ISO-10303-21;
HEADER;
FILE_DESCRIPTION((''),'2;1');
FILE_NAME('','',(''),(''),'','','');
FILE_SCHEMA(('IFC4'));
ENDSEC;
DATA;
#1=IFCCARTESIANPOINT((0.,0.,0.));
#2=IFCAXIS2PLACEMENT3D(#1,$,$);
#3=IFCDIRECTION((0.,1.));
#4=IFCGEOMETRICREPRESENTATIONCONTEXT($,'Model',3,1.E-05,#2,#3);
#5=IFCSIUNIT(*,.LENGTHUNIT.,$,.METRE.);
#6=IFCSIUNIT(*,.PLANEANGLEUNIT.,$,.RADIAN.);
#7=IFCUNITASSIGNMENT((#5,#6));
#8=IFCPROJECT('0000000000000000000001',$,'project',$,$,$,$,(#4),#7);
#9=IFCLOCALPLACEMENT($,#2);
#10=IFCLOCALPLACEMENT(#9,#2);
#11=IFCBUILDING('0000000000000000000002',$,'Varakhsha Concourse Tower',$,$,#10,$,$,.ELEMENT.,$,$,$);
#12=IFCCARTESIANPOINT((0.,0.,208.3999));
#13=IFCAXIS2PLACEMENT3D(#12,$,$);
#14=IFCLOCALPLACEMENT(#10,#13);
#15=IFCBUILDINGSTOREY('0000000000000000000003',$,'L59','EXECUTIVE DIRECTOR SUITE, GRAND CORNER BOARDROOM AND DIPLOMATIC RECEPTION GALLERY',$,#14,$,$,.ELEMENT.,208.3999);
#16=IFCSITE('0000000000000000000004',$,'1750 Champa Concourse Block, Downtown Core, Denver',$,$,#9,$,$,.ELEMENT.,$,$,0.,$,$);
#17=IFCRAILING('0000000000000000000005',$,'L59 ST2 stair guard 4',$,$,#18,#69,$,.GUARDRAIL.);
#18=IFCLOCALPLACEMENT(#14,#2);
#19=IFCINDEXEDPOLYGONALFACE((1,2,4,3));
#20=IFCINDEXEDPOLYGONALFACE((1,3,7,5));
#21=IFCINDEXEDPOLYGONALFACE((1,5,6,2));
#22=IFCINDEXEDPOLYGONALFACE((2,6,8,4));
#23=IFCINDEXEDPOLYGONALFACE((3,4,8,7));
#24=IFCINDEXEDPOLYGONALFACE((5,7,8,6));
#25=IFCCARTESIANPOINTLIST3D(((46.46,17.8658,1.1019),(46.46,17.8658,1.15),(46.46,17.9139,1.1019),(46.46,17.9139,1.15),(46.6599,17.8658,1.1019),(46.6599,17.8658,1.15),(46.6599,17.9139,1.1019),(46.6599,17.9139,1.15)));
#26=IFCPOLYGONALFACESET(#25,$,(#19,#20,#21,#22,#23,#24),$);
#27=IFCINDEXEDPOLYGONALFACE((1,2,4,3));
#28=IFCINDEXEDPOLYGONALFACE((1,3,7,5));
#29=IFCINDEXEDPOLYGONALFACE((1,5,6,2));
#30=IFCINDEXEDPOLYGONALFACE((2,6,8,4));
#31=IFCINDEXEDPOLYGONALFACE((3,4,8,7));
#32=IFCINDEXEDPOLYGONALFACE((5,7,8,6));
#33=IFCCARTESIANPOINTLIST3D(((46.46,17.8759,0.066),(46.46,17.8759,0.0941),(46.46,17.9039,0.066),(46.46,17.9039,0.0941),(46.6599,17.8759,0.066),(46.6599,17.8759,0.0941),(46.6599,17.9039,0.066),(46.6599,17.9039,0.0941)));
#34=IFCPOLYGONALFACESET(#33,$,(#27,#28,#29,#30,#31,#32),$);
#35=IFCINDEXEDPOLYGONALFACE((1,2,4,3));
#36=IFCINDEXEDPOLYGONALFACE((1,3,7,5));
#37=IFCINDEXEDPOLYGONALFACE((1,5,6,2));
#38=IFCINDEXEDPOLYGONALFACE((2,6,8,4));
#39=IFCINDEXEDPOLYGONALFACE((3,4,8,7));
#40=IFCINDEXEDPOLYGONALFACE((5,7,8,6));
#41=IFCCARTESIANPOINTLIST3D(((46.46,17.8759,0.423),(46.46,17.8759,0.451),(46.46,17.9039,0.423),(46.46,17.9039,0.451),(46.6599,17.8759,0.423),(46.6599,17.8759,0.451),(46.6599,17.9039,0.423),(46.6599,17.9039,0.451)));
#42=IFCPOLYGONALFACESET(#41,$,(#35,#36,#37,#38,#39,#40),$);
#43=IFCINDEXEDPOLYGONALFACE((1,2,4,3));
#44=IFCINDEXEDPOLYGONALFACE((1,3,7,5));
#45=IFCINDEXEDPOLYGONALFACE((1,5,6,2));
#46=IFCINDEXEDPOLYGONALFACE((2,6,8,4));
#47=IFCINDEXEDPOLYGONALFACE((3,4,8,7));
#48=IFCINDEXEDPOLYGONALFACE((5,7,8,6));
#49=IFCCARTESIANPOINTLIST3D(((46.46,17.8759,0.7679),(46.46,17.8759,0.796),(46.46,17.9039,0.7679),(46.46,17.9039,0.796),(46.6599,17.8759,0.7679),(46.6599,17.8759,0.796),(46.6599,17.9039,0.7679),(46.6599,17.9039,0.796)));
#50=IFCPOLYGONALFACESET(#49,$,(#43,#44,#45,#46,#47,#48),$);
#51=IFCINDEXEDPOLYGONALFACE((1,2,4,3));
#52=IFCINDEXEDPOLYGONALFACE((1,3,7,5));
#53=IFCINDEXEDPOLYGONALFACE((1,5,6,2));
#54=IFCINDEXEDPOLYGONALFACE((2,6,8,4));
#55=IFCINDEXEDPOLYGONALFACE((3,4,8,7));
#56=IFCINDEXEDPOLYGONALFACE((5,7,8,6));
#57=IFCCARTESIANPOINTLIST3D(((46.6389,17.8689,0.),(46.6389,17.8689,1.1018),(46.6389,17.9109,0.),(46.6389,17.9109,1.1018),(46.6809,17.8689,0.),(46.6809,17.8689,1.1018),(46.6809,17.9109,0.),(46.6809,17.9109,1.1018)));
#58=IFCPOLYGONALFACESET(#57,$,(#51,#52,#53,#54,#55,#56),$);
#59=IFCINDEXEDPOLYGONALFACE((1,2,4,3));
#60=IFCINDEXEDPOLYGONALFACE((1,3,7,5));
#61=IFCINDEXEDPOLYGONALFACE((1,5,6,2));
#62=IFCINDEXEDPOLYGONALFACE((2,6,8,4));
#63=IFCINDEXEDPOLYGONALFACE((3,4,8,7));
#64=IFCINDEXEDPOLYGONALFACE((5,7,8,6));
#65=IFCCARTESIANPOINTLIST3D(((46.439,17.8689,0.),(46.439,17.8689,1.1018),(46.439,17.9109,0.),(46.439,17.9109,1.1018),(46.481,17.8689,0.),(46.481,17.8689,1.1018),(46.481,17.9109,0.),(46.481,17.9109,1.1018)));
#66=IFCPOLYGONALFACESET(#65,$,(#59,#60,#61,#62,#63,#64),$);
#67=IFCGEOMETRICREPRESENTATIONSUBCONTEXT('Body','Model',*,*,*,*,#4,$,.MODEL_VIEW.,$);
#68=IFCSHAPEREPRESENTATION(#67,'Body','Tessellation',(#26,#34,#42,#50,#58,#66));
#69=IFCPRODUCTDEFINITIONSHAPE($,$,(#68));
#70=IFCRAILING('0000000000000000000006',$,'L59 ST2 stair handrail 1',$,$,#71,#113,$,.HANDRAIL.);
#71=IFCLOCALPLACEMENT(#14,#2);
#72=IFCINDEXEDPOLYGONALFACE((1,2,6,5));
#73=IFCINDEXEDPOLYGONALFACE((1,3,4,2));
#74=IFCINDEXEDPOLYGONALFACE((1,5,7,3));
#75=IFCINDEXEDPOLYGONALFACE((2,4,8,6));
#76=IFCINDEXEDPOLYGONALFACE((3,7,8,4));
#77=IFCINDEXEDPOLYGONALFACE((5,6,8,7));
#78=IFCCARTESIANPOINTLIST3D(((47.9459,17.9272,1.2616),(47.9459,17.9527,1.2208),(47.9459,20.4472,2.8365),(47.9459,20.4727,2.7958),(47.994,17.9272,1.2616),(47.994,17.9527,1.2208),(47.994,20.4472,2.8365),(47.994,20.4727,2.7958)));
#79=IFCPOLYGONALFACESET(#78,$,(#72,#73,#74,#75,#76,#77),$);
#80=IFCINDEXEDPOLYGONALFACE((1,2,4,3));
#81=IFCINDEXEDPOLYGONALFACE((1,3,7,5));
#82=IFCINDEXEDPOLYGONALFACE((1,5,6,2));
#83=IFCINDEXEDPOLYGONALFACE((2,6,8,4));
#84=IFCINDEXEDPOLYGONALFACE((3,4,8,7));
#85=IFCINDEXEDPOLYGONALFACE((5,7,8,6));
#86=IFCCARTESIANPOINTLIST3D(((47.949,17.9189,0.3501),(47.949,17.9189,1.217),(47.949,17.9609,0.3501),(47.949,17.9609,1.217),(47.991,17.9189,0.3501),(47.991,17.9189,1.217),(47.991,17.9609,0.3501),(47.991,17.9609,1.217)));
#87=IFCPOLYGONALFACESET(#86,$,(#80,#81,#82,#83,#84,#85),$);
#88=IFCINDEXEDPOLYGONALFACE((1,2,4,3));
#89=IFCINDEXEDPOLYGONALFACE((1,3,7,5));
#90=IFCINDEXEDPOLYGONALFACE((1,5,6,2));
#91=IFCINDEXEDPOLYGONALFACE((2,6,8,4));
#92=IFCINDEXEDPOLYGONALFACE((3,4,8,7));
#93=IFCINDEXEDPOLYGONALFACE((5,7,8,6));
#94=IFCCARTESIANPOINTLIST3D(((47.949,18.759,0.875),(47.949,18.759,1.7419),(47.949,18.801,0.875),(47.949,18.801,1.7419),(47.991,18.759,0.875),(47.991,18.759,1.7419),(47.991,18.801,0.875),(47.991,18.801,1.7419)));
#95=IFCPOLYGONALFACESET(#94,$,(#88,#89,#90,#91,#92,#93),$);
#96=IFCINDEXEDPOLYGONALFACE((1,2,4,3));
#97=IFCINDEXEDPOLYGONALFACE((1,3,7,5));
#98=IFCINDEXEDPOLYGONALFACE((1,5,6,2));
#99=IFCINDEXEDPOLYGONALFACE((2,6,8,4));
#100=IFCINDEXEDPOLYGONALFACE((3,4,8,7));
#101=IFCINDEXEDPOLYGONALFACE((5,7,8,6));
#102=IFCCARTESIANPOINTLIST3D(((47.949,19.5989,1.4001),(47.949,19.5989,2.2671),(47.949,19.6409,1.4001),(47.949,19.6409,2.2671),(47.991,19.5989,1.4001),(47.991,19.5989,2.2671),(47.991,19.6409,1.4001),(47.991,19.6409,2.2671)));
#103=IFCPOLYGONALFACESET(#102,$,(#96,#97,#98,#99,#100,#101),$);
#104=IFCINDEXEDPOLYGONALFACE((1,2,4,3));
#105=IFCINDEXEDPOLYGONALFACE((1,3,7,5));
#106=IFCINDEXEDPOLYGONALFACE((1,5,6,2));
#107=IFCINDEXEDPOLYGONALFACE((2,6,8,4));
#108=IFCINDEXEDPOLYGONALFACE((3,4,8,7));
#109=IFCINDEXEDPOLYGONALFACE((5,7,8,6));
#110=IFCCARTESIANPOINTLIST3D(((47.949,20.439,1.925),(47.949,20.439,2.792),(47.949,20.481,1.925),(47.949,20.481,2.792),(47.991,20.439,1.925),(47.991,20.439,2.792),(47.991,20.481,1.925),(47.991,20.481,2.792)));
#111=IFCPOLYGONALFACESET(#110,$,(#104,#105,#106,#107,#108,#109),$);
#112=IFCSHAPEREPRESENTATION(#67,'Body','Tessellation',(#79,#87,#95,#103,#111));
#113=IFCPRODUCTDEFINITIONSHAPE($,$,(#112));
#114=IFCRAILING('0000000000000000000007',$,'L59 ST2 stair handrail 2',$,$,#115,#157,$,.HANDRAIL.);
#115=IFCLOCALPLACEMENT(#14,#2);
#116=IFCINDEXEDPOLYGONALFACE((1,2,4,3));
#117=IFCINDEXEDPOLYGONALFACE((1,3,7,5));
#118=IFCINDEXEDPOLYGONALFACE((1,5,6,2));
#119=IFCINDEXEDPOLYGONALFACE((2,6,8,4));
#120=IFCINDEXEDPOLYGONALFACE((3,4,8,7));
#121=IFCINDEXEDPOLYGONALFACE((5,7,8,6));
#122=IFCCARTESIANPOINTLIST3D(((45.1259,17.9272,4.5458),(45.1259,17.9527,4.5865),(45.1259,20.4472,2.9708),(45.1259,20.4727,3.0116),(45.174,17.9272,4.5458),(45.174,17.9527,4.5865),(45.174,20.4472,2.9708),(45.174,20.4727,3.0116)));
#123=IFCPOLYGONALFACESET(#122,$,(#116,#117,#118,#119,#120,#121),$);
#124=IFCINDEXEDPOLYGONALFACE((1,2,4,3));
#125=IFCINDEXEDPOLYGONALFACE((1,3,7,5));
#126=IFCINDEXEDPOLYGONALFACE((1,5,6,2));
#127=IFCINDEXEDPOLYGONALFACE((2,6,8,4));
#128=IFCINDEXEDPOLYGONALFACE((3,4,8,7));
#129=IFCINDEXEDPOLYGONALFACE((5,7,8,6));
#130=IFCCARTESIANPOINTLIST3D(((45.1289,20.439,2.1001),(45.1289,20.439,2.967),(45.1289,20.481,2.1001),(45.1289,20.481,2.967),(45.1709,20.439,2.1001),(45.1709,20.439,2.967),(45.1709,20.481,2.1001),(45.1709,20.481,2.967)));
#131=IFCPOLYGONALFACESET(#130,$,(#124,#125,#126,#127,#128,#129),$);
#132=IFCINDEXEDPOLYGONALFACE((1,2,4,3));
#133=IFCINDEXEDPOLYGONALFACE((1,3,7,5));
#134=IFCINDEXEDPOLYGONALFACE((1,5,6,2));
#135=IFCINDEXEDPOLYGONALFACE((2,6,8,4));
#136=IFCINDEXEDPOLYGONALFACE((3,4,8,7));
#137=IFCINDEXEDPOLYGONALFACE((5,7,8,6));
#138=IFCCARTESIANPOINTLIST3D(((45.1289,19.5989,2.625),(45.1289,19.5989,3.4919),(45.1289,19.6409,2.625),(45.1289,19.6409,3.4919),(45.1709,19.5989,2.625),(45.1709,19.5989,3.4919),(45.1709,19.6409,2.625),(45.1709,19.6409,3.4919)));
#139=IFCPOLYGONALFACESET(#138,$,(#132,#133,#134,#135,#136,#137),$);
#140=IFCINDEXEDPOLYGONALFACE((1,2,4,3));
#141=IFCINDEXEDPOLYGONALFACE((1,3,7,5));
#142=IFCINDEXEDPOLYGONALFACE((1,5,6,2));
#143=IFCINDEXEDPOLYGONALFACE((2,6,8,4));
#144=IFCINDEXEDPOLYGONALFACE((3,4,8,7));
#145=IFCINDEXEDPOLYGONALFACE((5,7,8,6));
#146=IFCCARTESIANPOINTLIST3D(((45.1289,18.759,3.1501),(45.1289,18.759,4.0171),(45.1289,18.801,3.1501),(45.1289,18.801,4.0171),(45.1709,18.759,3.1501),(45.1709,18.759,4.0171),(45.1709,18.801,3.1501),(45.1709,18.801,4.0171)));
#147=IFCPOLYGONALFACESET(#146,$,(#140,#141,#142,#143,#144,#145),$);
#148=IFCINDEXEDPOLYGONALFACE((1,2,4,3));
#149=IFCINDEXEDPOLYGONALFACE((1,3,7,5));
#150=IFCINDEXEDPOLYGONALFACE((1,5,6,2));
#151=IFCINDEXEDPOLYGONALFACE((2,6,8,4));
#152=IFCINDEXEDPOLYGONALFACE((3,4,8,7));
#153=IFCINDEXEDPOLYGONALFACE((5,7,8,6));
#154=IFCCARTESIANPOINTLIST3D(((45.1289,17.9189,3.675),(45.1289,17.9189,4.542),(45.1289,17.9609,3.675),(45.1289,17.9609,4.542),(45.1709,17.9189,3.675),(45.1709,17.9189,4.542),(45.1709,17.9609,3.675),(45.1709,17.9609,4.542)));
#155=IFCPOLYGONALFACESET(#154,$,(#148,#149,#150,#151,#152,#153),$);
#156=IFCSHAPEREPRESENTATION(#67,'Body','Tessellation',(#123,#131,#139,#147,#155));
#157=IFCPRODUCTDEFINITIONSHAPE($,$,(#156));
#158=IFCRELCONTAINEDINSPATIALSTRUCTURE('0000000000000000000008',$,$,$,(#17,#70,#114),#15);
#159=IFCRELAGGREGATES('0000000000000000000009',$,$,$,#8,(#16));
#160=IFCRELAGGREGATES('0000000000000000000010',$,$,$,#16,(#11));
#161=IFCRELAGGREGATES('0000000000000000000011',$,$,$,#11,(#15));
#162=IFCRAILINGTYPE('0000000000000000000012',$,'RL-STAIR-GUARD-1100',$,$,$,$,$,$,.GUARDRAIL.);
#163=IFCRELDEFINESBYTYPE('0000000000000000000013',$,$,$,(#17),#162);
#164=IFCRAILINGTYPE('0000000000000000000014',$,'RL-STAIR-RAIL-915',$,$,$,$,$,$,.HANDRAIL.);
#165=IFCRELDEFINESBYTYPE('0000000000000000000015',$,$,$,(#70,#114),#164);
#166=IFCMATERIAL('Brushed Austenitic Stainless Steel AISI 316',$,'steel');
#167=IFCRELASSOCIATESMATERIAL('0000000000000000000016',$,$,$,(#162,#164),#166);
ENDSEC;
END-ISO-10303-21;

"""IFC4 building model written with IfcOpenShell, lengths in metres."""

from ifc_helpers import new_model, si_unit, direction, frame, origin, origin_2d, place, context, subcontext, project, spatial, rectangle, extrude, material, type_object, element, save


model = new_model("IFC4")

# Units and contexts
model_context = context("Model", 3, precision=1e-05, world=origin(), true_north=direction((0.0, 1.0)))
body_context = subcontext(model_context, "Body", "Model", "MODEL_VIEW")
ifc_project = project(units=[si_unit("LENGTHUNIT", "METRE"), si_unit("PLANEANGLEUNIT", "RADIAN")], contexts=[model_context])

# Site, building, storey
site_placement = place(None, origin())
site = spatial("IfcSite", under=ifc_project, at=site_placement, Name="1750 Champa Concourse Block, Downtown Core, Denver", CompositionType="ELEMENT", RefElevation=0.0)
building_placement = place(site_placement, origin())
building = spatial("IfcBuilding", under=site, at=building_placement, Name="Varakhsha Concourse Tower", CompositionType="ELEMENT")
storey_placement = place(building_placement, frame((0.0, 0.0, 208.3999)))
storey = spatial("IfcBuildingStorey", under=building, at=storey_placement, Name="L59", Description="EXECUTIVE DIRECTOR SUITE, GRAND CORNER BOARDROOM AND DIPLOMATIC RECEPTION GALLERY", CompositionType="ELEMENT", Elevation=208.3999)

# Railings
ifc_material_1 = material(Name="Brushed Austenitic Stainless Steel AISI 316", Category="steel")
railing_type_1 = type_object("IfcRailingType", Name="RL-STAIR-GUARD-1100", PredefinedType="GUARDRAIL", material=ifc_material_1)
railing_1_placement = place(storey_placement, frame((46.6599, 17.8899, 0.0)))
element("IfcRailing", 1, at=railing_1_placement, inside=storey, type_object=railing_type_1, Name="L59 ST2 stair guard 4", PredefinedType="GUARDRAIL", context=body_context, shape_type="SweptSolid", body=[
    extrude(rectangle(XDim=0.0481, YDim=0.0481, at=origin_2d()), frame((0.0, 0.0, 1.126), z_axis=(-1.0, 0.0, 0.0), x_axis=(0.0, -1.0, 0.0)), (0.0, 0.0, 1.0), 0.2),
    extrude(rectangle(XDim=0.0281, YDim=0.0281, at=origin_2d()), frame((0.0, 0.0, 0.0801), z_axis=(-1.0, 0.0, 0.0), x_axis=(0.0, -1.0, 0.0)), (0.0, 0.0, 1.0), 0.2),
    extrude(rectangle(XDim=0.0281, YDim=0.0281, at=origin_2d()), frame((0.0, 0.0, 0.437), z_axis=(-1.0, 0.0, 0.0), x_axis=(0.0, -1.0, 0.0)), (0.0, 0.0, 1.0), 0.2),
    extrude(rectangle(XDim=0.0281, YDim=0.0281, at=origin_2d()), frame((0.0, 0.0, 0.782), z_axis=(-1.0, 0.0, 0.0), x_axis=(0.0, -1.0, 0.0)), (0.0, 0.0, 1.0), 0.2),
    extrude(rectangle(XDim=0.042, YDim=0.042, at=origin_2d()), origin(), (0.0, 0.0, 1.0), 1.1018),
    extrude(rectangle(XDim=0.042, YDim=0.042, at=origin_2d()), frame((-0.2, 0.0, 0.0)), (0.0, 0.0, 1.0), 1.1018),
])
railing_type_2 = type_object("IfcRailingType", Name="RL-STAIR-RAIL-915", PredefinedType="HANDRAIL", material=ifc_material_1)
railing_2_placement = place(storey_placement, frame((47.97, 17.9399, 0.3501)))
element("IfcRailing", 2, at=railing_2_placement, inside=storey, type_object=railing_type_2, Name="L59 ST2 stair handrail 1", PredefinedType="HANDRAIL", context=body_context, shape_type="SweptSolid", body=[
    extrude(rectangle(XDim=0.0481, YDim=0.0481, at=origin_2d()), frame((0.0, 0.0, 0.8911), z_axis=(0.0, 0.848008, 0.529984), x_axis=(-1.0, 0.0, 0.0)), (0.0, 0.0, 1.0), 2.9717),
    extrude(rectangle(XDim=0.042, YDim=0.042, at=origin_2d()), origin(), (0.0, 0.0, 1.0), 0.8669),
    extrude(rectangle(XDim=0.042, YDim=0.042, at=origin_2d()), frame((0.0, 0.8401, 0.5249)), (0.0, 0.0, 1.0), 0.8669),
    extrude(rectangle(XDim=0.042, YDim=0.042, at=origin_2d()), frame((0.0, 1.6799, 1.05)), (0.0, 0.0, 1.0), 0.8669),
    extrude(rectangle(XDim=0.042, YDim=0.042, at=origin_2d()), frame((0.0, 2.52, 1.575)), (0.0, 0.0, 1.0), 0.8669),
])
railing_3_placement = place(storey_placement, frame((45.1499, 20.46, 2.1001)))
element("IfcRailing", 3, at=railing_3_placement, inside=storey, type_object=railing_type_2, Name="L59 ST2 stair handrail 2", PredefinedType="HANDRAIL", context=body_context, shape_type="SweptSolid", body=[
    extrude(rectangle(XDim=0.0481, YDim=0.0481, at=origin_2d()), frame((0.0, 0.0, 0.8911), z_axis=(0.0, -0.848008, 0.529984), x_axis=(1.0, 0.0, 0.0)), (0.0, 0.0, 1.0), 2.9717),
    extrude(rectangle(XDim=0.042, YDim=0.042, at=origin_2d()), origin(), (0.0, 0.0, 1.0), 0.8669),
    extrude(rectangle(XDim=0.042, YDim=0.042, at=origin_2d()), frame((0.0, -0.8401, 0.5249)), (0.0, 0.0, 1.0), 0.8669),
    extrude(rectangle(XDim=0.042, YDim=0.042, at=origin_2d()), frame((0.0, -1.6799, 1.05)), (0.0, 0.0, 1.0), 0.8669),
    extrude(rectangle(XDim=0.042, YDim=0.042, at=origin_2d()), frame((0.0, -2.52, 1.575)), (0.0, 0.0, 1.0), 0.8669),
])

save(model, "model.ifc")
